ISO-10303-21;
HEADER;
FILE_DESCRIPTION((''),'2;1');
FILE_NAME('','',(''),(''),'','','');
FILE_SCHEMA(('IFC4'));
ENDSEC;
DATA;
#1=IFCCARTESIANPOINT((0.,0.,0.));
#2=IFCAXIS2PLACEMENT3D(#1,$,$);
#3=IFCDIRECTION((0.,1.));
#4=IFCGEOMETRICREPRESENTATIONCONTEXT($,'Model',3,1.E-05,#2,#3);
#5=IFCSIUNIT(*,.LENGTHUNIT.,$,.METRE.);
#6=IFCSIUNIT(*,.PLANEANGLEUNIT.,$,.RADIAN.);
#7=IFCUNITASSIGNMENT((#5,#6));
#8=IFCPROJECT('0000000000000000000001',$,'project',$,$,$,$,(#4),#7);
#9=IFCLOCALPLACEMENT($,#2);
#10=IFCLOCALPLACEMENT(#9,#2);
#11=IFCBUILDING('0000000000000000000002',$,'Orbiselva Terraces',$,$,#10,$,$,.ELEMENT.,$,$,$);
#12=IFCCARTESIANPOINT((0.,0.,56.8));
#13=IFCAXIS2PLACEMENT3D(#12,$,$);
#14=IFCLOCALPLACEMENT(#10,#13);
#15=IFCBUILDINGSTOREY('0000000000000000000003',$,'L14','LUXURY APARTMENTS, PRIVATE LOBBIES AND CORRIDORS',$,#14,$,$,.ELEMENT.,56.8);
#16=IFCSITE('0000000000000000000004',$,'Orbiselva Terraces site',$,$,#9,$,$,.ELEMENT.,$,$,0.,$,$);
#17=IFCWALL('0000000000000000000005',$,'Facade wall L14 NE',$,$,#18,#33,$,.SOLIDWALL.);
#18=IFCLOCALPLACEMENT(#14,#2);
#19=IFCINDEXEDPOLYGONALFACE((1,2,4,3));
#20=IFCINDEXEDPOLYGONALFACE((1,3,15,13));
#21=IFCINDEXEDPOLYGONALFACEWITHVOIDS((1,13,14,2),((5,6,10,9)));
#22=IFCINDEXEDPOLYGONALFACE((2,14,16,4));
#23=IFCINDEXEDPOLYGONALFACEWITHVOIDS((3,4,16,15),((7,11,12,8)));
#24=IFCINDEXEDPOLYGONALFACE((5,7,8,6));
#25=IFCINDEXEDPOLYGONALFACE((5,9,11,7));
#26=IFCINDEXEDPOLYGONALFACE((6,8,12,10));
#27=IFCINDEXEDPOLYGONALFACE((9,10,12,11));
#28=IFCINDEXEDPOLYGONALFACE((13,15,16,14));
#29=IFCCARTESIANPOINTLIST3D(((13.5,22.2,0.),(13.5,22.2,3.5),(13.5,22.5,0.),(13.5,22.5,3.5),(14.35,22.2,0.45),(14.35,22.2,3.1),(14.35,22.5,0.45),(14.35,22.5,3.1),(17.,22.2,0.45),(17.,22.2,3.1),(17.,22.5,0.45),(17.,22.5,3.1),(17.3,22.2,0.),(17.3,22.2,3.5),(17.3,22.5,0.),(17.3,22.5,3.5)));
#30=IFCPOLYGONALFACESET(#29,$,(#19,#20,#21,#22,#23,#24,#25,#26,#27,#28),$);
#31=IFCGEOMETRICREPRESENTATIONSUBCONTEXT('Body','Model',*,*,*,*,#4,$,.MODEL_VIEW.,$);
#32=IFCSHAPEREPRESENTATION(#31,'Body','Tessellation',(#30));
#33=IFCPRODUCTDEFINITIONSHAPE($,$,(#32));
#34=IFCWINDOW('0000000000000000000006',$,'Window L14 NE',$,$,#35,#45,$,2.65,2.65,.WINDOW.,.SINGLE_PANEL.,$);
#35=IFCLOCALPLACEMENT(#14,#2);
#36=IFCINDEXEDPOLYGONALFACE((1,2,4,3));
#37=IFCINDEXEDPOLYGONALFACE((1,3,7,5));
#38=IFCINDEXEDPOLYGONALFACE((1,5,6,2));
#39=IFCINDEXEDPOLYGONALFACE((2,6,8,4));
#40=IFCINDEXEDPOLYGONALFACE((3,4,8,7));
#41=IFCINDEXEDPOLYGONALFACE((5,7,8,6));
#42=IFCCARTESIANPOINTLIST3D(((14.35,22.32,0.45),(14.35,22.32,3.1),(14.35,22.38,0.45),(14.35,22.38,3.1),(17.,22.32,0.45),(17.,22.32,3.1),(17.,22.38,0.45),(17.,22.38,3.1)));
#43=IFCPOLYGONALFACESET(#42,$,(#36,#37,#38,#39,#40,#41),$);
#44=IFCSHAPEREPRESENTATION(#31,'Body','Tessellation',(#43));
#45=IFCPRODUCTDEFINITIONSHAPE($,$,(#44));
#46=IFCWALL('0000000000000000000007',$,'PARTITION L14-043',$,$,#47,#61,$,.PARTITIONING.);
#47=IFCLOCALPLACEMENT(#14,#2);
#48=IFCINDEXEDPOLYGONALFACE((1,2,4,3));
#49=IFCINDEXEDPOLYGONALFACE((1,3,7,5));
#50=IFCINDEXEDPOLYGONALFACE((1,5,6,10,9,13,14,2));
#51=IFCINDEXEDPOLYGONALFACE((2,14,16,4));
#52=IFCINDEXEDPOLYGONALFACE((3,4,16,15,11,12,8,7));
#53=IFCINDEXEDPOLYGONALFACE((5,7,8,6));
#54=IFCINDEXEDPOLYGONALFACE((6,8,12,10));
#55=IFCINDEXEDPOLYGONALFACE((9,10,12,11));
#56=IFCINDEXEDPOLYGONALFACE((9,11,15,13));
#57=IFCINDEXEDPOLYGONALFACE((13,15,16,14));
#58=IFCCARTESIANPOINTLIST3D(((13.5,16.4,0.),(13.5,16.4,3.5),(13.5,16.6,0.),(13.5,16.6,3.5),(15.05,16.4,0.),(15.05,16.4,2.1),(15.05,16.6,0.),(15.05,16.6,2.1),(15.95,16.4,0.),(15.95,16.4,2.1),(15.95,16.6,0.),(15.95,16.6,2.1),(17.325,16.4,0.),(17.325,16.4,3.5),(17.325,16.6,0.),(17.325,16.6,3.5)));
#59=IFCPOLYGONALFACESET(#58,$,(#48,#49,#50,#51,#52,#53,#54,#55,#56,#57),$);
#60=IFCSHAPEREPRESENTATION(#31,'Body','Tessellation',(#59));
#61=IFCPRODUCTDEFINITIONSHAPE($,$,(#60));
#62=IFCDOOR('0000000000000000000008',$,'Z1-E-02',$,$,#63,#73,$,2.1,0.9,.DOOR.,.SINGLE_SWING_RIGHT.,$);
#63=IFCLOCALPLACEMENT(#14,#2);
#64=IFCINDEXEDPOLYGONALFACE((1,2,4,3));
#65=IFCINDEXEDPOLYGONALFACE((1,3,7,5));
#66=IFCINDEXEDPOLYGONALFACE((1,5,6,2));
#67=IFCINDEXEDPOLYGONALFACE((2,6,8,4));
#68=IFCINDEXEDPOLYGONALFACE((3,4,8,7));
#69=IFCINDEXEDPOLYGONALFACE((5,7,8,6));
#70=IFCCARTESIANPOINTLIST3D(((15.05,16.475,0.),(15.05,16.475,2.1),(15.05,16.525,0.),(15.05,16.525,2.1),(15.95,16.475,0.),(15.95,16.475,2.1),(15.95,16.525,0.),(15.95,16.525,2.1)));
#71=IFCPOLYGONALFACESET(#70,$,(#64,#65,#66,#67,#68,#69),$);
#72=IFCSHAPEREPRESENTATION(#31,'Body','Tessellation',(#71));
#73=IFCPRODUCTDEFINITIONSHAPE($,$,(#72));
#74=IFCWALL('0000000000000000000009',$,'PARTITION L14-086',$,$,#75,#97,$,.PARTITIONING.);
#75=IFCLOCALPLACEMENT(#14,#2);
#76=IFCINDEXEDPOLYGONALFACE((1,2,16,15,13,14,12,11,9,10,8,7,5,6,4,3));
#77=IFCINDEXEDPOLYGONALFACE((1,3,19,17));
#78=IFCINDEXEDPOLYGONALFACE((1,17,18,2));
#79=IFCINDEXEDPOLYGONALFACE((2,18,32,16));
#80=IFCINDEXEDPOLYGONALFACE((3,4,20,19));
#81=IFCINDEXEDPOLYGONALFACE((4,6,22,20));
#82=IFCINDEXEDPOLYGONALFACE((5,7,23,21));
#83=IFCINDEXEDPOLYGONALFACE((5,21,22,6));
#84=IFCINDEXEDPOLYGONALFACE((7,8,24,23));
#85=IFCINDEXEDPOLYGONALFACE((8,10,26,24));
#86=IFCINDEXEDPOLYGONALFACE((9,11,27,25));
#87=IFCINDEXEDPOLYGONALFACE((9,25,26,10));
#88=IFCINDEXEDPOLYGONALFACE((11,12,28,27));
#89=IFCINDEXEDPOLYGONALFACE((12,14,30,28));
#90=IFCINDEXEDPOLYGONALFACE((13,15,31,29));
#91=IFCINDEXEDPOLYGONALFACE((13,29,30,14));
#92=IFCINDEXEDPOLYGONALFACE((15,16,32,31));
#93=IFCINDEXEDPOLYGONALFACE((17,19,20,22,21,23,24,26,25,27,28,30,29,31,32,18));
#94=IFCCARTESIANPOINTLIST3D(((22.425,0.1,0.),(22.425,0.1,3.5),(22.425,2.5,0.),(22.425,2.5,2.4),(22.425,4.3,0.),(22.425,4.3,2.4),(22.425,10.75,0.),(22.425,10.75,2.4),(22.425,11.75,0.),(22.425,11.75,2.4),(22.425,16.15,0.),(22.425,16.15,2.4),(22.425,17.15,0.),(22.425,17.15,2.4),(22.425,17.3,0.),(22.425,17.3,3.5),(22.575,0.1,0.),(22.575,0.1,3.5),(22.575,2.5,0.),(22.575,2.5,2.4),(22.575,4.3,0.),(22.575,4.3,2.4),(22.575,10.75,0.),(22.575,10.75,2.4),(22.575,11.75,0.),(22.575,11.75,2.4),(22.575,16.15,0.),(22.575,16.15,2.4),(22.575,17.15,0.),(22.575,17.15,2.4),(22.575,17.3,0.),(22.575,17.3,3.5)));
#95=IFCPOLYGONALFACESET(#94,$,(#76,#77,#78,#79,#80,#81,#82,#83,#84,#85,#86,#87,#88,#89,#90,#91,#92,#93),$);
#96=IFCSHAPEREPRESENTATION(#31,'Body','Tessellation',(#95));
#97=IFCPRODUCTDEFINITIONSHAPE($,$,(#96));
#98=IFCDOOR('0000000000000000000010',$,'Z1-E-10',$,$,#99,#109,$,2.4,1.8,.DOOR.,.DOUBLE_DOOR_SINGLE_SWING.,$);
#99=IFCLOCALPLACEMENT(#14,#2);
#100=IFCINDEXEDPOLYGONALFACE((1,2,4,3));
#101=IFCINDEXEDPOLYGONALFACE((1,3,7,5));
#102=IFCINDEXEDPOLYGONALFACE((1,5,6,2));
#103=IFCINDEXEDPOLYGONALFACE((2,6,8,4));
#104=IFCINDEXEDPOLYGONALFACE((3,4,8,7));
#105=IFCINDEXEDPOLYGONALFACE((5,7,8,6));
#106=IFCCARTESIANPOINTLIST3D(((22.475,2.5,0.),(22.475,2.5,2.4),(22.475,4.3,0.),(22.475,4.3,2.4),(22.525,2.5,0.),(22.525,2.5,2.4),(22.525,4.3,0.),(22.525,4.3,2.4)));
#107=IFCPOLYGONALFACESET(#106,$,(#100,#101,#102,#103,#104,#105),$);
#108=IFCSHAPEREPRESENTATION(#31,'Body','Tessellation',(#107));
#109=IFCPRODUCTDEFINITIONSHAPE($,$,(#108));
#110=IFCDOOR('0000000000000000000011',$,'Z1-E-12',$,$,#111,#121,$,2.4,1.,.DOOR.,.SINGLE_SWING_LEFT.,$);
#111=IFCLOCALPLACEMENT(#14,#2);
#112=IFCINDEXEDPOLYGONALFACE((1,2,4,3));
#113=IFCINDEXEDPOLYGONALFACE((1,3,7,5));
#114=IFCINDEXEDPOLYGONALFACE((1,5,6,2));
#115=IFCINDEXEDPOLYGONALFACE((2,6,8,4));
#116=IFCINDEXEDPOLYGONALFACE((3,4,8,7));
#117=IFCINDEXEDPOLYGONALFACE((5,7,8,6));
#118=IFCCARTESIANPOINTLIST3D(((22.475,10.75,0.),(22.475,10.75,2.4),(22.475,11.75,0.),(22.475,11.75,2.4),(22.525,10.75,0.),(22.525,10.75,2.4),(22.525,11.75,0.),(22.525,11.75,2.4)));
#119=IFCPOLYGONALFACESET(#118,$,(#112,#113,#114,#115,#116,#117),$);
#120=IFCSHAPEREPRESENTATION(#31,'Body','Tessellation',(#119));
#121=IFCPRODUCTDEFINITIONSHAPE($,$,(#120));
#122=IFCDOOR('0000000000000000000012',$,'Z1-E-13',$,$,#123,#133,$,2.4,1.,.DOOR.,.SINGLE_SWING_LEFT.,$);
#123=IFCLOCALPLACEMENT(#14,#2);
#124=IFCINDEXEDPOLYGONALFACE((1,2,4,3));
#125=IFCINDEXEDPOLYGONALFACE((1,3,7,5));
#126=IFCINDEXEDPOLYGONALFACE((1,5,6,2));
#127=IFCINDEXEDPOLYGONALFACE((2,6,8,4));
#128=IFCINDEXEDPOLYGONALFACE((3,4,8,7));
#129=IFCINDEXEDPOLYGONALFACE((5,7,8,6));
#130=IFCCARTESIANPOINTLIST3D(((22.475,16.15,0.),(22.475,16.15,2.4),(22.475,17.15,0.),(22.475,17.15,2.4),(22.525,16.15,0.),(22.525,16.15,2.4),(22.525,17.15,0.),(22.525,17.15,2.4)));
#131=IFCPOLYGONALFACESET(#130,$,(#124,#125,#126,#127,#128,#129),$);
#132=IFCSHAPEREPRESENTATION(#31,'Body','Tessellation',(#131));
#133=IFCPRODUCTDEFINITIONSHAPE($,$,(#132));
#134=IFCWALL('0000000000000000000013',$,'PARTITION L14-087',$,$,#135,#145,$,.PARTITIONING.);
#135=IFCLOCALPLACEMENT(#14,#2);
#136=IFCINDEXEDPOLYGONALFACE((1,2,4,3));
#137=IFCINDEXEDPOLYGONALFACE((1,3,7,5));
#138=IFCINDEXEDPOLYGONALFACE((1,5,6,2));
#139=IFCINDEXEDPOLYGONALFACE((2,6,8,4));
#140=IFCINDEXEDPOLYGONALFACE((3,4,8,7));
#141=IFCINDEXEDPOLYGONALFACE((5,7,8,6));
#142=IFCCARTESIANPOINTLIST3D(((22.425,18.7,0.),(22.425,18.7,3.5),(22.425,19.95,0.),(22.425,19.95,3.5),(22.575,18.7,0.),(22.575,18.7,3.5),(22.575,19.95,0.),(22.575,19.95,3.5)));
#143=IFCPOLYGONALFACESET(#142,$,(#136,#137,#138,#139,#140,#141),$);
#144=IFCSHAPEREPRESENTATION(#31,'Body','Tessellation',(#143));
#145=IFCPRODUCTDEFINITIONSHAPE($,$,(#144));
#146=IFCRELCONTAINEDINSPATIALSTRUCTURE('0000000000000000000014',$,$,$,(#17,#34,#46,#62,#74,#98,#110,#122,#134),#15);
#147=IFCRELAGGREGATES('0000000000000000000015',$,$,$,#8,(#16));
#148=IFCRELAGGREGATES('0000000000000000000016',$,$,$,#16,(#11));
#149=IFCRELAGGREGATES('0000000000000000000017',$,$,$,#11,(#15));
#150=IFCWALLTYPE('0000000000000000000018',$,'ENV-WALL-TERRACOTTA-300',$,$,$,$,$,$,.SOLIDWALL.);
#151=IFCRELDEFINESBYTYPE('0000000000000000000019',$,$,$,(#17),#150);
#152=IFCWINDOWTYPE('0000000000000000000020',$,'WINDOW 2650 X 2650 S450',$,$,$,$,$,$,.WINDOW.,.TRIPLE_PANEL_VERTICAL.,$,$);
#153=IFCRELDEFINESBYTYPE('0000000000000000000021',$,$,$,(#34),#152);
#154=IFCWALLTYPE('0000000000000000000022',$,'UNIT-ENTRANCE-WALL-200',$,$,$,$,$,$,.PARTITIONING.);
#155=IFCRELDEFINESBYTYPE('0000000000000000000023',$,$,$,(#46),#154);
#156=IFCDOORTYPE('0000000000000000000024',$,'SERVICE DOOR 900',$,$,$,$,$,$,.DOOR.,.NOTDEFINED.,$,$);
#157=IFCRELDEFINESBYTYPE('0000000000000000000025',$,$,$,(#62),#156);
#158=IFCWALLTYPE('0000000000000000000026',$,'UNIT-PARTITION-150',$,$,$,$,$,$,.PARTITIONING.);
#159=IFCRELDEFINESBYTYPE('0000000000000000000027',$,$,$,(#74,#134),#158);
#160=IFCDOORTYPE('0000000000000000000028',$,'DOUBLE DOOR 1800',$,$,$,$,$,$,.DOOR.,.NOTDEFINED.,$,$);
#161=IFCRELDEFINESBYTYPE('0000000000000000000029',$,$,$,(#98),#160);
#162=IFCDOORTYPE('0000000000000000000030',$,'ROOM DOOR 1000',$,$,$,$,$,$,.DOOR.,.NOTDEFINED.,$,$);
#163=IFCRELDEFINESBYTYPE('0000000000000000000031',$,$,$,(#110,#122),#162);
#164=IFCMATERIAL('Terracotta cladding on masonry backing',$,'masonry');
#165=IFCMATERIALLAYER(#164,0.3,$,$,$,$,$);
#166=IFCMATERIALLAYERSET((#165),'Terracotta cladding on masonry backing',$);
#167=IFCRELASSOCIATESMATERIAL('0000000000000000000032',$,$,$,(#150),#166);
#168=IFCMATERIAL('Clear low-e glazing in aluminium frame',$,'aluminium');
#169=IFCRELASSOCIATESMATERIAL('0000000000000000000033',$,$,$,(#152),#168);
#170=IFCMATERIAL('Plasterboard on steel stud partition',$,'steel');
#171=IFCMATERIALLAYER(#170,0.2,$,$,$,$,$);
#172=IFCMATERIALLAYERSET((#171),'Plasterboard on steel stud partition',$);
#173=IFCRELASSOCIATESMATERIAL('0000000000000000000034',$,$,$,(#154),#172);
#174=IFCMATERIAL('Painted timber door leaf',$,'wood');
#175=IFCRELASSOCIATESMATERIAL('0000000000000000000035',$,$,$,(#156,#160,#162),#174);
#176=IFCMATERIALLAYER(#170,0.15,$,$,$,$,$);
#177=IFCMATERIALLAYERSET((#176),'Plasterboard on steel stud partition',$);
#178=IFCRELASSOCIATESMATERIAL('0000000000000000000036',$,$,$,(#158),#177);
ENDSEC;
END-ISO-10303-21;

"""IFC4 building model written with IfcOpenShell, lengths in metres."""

from ifc_helpers import new_model, si_unit, direction, frame, frame_2d, origin, place, context, subcontext, project, spatial, rectangle, extrude, material, layer, layer_set, type_object, element, fill, save


model = new_model("IFC4")

# Units and contexts
model_context = context("Model", 3, precision=1e-05, world=origin(), true_north=direction((0.0, 1.0)))
body_context = subcontext(model_context, "Body", "Model", "MODEL_VIEW")
ifc_project = project(units=[si_unit("LENGTHUNIT", "METRE"), si_unit("PLANEANGLEUNIT", "RADIAN")], contexts=[model_context])

# Site, building, storey
site_placement = place(None, origin())
site = spatial("IfcSite", under=ifc_project, at=site_placement, Name="Orbiselva Terraces site", CompositionType="ELEMENT", RefElevation=0.0)
building_placement = place(site_placement, origin())
building = spatial("IfcBuilding", under=site, at=building_placement, Name="Orbiselva Terraces", CompositionType="ELEMENT")
storey_placement = place(building_placement, frame((0.0, 0.0, 56.8)))
storey = spatial("IfcBuildingStorey", under=building, at=storey_placement, Name="L14", Description="LUXURY APARTMENTS, PRIVATE LOBBIES AND CORRIDORS", CompositionType="ELEMENT", Elevation=56.8)

# Shared definitions
ifc_material_1 = material(Name="Terracotta cladding on masonry backing", Category="masonry")
ifc_layer_1 = layer(ifc_material_1, 0.3)
ifc_layer_set_1 = layer_set([ifc_layer_1], Name="Terracotta cladding on masonry backing")
wall_type_1 = type_object("IfcWallType", Name="ENV-WALL-TERRACOTTA-300", PredefinedType="SOLIDWALL", material=ifc_layer_set_1)
ifc_material_2 = material(Name="Clear low-e glazing in aluminium frame", Category="aluminium")
window_type = type_object("IfcWindowType", Name="WINDOW 2650 X 2650 S450", PartitioningType="TRIPLE_PANEL_VERTICAL", PredefinedType="WINDOW", material=ifc_material_2)

# Wall, opening, window
wall_1_placement = place(storey_placement, frame((13.5, 22.35, 0.0), z_axis=(0.0, 0.0, 1.0), x_axis=(1.0, 0.0, 0.0)))
wall_1 = element("IfcWall", 1, at=wall_1_placement, inside=storey, type_object=wall_type_1, Name="Facade wall L14 NE", PredefinedType="SOLIDWALL", context=body_context, shape_type="SweptSolid", body=[
    extrude(rectangle(XDim=3.8, YDim=0.3, at=frame_2d((1.9, 0.0))), origin(), (0.0, 0.0, 1.0), 3.5),
])
opening_1_placement = place(wall_1_placement, frame((0.85, 0.0, 0.45)))
opening_1 = element("IfcOpeningElement", 2, at=opening_1_placement, cuts=wall_1, PredefinedType="OPENING", context=body_context, shape_type="SweptSolid", body=[
    extrude(rectangle(XDim=2.65, YDim=2.65, at=frame_2d((1.325, 1.325))), frame((0.0, 0.16, 0.0), z_axis=(0.0, -1.0, 0.0), x_axis=(1.0, 0.0, 0.0)), (0.0, 0.0, 1.0), 0.32),
])
window_1_placement = place(opening_1_placement, origin())
window_1 = element("IfcWindow", 3, at=window_1_placement, inside=storey, type_object=window_type, Name="Window L14 NE", OverallHeight=2.65, OverallWidth=2.65, PartitioningType="SINGLE_PANEL", PredefinedType="WINDOW", context=body_context, shape_type="SweptSolid", body=[
    extrude(rectangle(XDim=2.65, YDim=2.65, at=frame_2d((1.325, 1.325))), frame((0.0, 0.03, 0.0), z_axis=(0.0, -1.0, 0.0), x_axis=(1.0, 0.0, 0.0)), (0.0, 0.0, 1.0), 0.06),
])
fill(opening_1, window_1)

# Wall, opening, door
ifc_material_3 = material(Name="Plasterboard on steel stud partition", Category="steel")
ifc_layer_2 = layer(ifc_material_3, 0.2)
ifc_layer_set_2 = layer_set([ifc_layer_2], Name="Plasterboard on steel stud partition")
wall_type_2 = type_object("IfcWallType", Name="UNIT-ENTRANCE-WALL-200", PredefinedType="PARTITIONING", material=ifc_layer_set_2)
wall_2_placement = place(storey_placement, frame((13.5, 16.5, 0.0), z_axis=(0.0, 0.0, 1.0), x_axis=(1.0, 0.0, 0.0)))
wall_2 = element("IfcWall", 4, at=wall_2_placement, inside=storey, type_object=wall_type_2, Name="PARTITION L14-043", PredefinedType="PARTITIONING", context=body_context, shape_type="SweptSolid", body=[
    extrude(rectangle(XDim=3.825, YDim=0.2, at=frame_2d((1.9125, 0.0))), origin(), (0.0, 0.0, 1.0), 3.5),
])
opening_2_placement = place(wall_2_placement, frame((1.55, 0.0, 0.0)))
opening_2 = element("IfcOpeningElement", 5, at=opening_2_placement, cuts=wall_2, PredefinedType="OPENING", context=body_context, shape_type="SweptSolid", body=[
    extrude(rectangle(XDim=0.9, YDim=2.1, at=frame_2d((0.45, 1.05))), frame((0.0, 0.11, 0.0), z_axis=(0.0, -1.0, 0.0), x_axis=(1.0, 0.0, 0.0)), (0.0, 0.0, 1.0), 0.22),
])
ifc_material_4 = material(Name="Painted timber door leaf", Category="wood")
door_type_1 = type_object("IfcDoorType", Name="SERVICE DOOR 900", OperationType="NOTDEFINED", PredefinedType="DOOR", material=ifc_material_4)
door_1_placement = place(opening_2_placement, origin())
door_1 = element("IfcDoor", 6, at=door_1_placement, inside=storey, type_object=door_type_1, Name="Z1-E-02", OperationType="SINGLE_SWING_RIGHT", OverallHeight=2.1, OverallWidth=0.9, PredefinedType="DOOR", context=body_context, shape_type="SweptSolid", body=[
    extrude(rectangle(XDim=0.9, YDim=2.1, at=frame_2d((0.45, 1.05))), frame((0.0, 0.025, 0.0), z_axis=(0.0, -1.0, 0.0), x_axis=(1.0, 0.0, 0.0)), (0.0, 0.0, 1.0), 0.05),
])
fill(opening_2, door_1)

# Wall, openings, doors
ifc_layer_3 = layer(ifc_material_3, 0.15)
ifc_layer_set_3 = layer_set([ifc_layer_3], Name="Plasterboard on steel stud partition")
wall_type_3 = type_object("IfcWallType", Name="UNIT-PARTITION-150", PredefinedType="PARTITIONING", material=ifc_layer_set_3)
wall_3_placement = place(storey_placement, frame((22.5, 17.3, 0.0), z_axis=(0.0, 0.0, 1.0), x_axis=(0.0, -1.0, 0.0)))
wall_3 = element("IfcWall", 7, at=wall_3_placement, inside=storey, type_object=wall_type_3, Name="PARTITION L14-086", PredefinedType="PARTITIONING", context=body_context, shape_type="SweptSolid", body=[
    extrude(rectangle(XDim=17.2, YDim=0.15, at=frame_2d((8.6, 0.0))), origin(), (0.0, 0.0, 1.0), 3.5),
])
opening_3_placement = place(wall_3_placement, frame((13.0, 0.0, 0.0)))
opening_3 = element("IfcOpeningElement", 8, at=opening_3_placement, cuts=wall_3, PredefinedType="OPENING", context=body_context, shape_type="SweptSolid", body=[
    extrude(rectangle(XDim=1.8, YDim=2.4, at=frame_2d((0.9, 1.2))), frame((0.0, 0.085, 0.0), z_axis=(0.0, -1.0, 0.0), x_axis=(1.0, 0.0, 0.0)), (0.0, 0.0, 1.0), 0.17),
])
opening_4_placement = place(wall_3_placement, frame((5.55, 0.0, 0.0)))
opening_4 = element("IfcOpeningElement", 9, at=opening_4_placement, cuts=wall_3, PredefinedType="OPENING", context=body_context, shape_type="SweptSolid", body=[
    extrude(rectangle(XDim=1.0, YDim=2.4, at=frame_2d((0.5, 1.2))), frame((0.0, 0.085, 0.0), z_axis=(0.0, -1.0, 0.0), x_axis=(1.0, 0.0, 0.0)), (0.0, 0.0, 1.0), 0.17),
])
opening_5_placement = place(wall_3_placement, frame((0.15, 0.0, 0.0)))
opening_5 = element("IfcOpeningElement", 10, at=opening_5_placement, cuts=wall_3, PredefinedType="OPENING", context=body_context, shape_type="SweptSolid", body=[
    extrude(rectangle(XDim=1.0, YDim=2.4, at=frame_2d((0.5, 1.2))), frame((0.0, 0.085, 0.0), z_axis=(0.0, -1.0, 0.0), x_axis=(1.0, 0.0, 0.0)), (0.0, 0.0, 1.0), 0.17),
])
door_type_2 = type_object("IfcDoorType", Name="DOUBLE DOOR 1800", OperationType="NOTDEFINED", PredefinedType="DOOR", material=ifc_material_4)
door_2_placement = place(opening_3_placement, origin())
door_2 = element("IfcDoor", 11, at=door_2_placement, inside=storey, type_object=door_type_2, Name="Z1-E-10", OperationType="DOUBLE_DOOR_SINGLE_SWING", OverallHeight=2.4, OverallWidth=1.8, PredefinedType="DOOR", context=body_context, shape_type="SweptSolid", body=[
    extrude(rectangle(XDim=1.8, YDim=2.4, at=frame_2d((0.9, 1.2))), frame((0.0, 0.025, 0.0), z_axis=(0.0, -1.0, 0.0), x_axis=(1.0, 0.0, 0.0)), (0.0, 0.0, 1.0), 0.05),
])
fill(opening_3, door_2)
door_type_3 = type_object("IfcDoorType", Name="ROOM DOOR 1000", OperationType="NOTDEFINED", PredefinedType="DOOR", material=ifc_material_4)
door_3_placement = place(opening_4_placement, origin())
door_3 = element("IfcDoor", 12, at=door_3_placement, inside=storey, type_object=door_type_3, Name="Z1-E-12", OperationType="SINGLE_SWING_LEFT", OverallHeight=2.4, OverallWidth=1.0, PredefinedType="DOOR", context=body_context, shape_type="SweptSolid", body=[
    extrude(rectangle(XDim=1.0, YDim=2.4, at=frame_2d((0.5, 1.2))), frame((0.0, 0.025, 0.0), z_axis=(0.0, -1.0, 0.0), x_axis=(1.0, 0.0, 0.0)), (0.0, 0.0, 1.0), 0.05),
])
fill(opening_4, door_3)
door_4_placement = place(opening_5_placement, origin())
door_4 = element("IfcDoor", 13, at=door_4_placement, inside=storey, type_object=door_type_3, Name="Z1-E-13", OperationType="SINGLE_SWING_LEFT", OverallHeight=2.4, OverallWidth=1.0, PredefinedType="DOOR", context=body_context, shape_type="SweptSolid", body=[
    extrude(rectangle(XDim=1.0, YDim=2.4, at=frame_2d((0.5, 1.2))), frame((0.0, 0.025, 0.0), z_axis=(0.0, -1.0, 0.0), x_axis=(1.0, 0.0, 0.0)), (0.0, 0.0, 1.0), 0.05),
])
fill(opening_5, door_4)

# Wall
wall_4_placement = place(storey_placement, frame((22.5, 18.7, 0.0), z_axis=(0.0, 0.0, 1.0), x_axis=(0.0, 1.0, 0.0)))
element("IfcWall", 14, at=wall_4_placement, inside=storey, type_object=wall_type_3, Name="PARTITION L14-087", PredefinedType="PARTITIONING", context=body_context, shape_type="SweptSolid", body=[
    extrude(rectangle(XDim=1.25, YDim=0.15, at=frame_2d((0.625, 0.0))), origin(), (0.0, 0.0, 1.0), 3.5),
])

save(model, "model.ifc")
